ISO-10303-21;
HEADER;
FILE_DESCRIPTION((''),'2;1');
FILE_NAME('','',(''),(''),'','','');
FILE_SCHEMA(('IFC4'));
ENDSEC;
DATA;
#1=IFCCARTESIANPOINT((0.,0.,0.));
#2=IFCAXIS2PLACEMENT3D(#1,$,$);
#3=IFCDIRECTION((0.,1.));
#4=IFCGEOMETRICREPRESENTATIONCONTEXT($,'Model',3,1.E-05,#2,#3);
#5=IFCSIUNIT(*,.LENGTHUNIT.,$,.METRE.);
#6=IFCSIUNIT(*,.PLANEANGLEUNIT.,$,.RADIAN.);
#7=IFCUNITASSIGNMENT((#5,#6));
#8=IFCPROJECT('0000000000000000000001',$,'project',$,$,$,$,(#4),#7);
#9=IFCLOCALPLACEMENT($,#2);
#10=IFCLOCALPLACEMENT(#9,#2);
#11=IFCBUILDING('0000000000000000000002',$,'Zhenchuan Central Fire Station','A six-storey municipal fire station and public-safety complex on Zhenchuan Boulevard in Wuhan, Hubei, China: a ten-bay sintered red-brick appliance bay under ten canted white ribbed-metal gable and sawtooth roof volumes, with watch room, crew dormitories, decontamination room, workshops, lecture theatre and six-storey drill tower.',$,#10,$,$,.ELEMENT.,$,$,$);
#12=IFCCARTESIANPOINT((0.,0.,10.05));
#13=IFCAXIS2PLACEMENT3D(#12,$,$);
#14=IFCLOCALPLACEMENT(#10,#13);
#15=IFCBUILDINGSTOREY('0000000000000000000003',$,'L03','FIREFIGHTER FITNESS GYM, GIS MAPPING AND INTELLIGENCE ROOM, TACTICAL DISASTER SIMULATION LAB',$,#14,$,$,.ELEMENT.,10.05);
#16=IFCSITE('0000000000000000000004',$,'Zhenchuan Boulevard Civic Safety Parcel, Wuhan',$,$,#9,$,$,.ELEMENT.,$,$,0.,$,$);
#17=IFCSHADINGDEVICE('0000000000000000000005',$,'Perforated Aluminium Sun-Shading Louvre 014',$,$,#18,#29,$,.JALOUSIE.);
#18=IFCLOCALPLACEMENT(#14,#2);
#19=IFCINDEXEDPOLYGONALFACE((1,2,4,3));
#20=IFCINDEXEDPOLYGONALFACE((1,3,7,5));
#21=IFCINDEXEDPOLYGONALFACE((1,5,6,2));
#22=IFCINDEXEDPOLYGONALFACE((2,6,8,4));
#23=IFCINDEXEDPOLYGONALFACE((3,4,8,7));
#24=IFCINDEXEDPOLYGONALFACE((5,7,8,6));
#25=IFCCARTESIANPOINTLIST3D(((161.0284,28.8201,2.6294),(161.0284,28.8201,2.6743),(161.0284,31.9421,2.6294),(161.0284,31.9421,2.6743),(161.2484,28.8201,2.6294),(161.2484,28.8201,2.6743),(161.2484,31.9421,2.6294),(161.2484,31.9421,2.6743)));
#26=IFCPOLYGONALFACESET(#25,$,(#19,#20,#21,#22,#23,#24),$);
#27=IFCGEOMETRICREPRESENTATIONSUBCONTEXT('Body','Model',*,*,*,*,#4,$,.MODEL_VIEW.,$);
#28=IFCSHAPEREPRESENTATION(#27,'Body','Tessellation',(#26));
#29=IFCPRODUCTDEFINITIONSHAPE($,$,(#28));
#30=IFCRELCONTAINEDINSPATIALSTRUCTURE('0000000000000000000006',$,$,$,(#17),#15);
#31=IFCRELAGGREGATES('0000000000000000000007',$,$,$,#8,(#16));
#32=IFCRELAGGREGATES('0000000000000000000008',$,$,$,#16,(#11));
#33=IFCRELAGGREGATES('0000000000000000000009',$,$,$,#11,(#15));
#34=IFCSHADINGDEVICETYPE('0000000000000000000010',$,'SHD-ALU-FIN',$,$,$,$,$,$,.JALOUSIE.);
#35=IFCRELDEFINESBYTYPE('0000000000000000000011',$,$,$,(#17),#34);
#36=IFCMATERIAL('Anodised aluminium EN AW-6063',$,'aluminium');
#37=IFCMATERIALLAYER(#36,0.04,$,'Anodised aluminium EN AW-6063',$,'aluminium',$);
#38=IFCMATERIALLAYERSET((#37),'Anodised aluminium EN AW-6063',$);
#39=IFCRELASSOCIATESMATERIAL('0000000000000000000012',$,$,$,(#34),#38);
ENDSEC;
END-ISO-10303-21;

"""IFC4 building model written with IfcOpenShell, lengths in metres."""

from ifc_helpers import new_model, si_unit, direction, frame, origin, origin_2d, place, context, subcontext, project, spatial, rectangle, extrude, material, layer, layer_set, type_object, element, save


model = new_model("IFC4")

# Units and contexts
model_context = context("Model", 3, precision=1e-05, world=origin(), true_north=direction((0.0, 1.0)))
body_context = subcontext(model_context, "Body", "Model", "MODEL_VIEW")
ifc_project = project(units=[si_unit("LENGTHUNIT", "METRE"), si_unit("PLANEANGLEUNIT", "RADIAN")], contexts=[model_context])

# Site, building, storey
site_placement = place(None, origin())
site = spatial("IfcSite", under=ifc_project, at=site_placement, Name="Zhenchuan Boulevard Civic Safety Parcel, Wuhan", CompositionType="ELEMENT", RefElevation=0.0)
building_placement = place(site_placement, origin())
building = spatial("IfcBuilding", under=site, at=building_placement, Name="Zhenchuan Central Fire Station", Description="A six-storey municipal fire station and public-safety complex on Zhenchuan Boulevard in Wuhan, Hubei, China: a ten-bay sintered red-brick appliance bay under ten canted white ribbed-metal gable and sawtooth roof volumes, with watch room, crew dormitories, decontamination room, workshops, lecture theatre and six-storey drill tower.", CompositionType="ELEMENT")
storey_placement = place(building_placement, frame((0.0, 0.0, 10.05)))
storey = spatial("IfcBuildingStorey", under=building, at=storey_placement, Name="L03", Description="FIREFIGHTER FITNESS GYM, GIS MAPPING AND INTELLIGENCE ROOM, TACTICAL DISASTER SIMULATION LAB", CompositionType="ELEMENT", Elevation=10.05)

# Shared definitions
ifc_material_1 = material(Name="Anodised aluminium EN AW-6063", Category="aluminium")

# Shading device
ifc_layer_1 = layer(ifc_material_1, 0.04, Name="Anodised aluminium EN AW-6063", Category="aluminium")
ifc_layer_set_1 = layer_set([ifc_layer_1], Name="Anodised aluminium EN AW-6063")
shading_device_type = type_object("IfcShadingDeviceType", Name="SHD-ALU-FIN", PredefinedType="JALOUSIE", material=ifc_layer_set_1)
shading_device_placement = place(storey_placement, frame((161.1384, 30.3811, 2.6294), z_axis=(0.0, 0.0, 1.0), x_axis=(0.0, 1.0, 0.0)))
element("IfcShadingDevice", 1, at=shading_device_placement, inside=storey, type_object=shading_device_type, Name="Perforated Aluminium Sun-Shading Louvre 014", PredefinedType="JALOUSIE", context=body_context, shape_type="SweptSolid", body=[
    extrude(rectangle(XDim=3.1221, YDim=0.22, at=origin_2d()), origin(), (0.0, 0.0, 1.0), 0.0449),
])

save(model, "model.ifc")
